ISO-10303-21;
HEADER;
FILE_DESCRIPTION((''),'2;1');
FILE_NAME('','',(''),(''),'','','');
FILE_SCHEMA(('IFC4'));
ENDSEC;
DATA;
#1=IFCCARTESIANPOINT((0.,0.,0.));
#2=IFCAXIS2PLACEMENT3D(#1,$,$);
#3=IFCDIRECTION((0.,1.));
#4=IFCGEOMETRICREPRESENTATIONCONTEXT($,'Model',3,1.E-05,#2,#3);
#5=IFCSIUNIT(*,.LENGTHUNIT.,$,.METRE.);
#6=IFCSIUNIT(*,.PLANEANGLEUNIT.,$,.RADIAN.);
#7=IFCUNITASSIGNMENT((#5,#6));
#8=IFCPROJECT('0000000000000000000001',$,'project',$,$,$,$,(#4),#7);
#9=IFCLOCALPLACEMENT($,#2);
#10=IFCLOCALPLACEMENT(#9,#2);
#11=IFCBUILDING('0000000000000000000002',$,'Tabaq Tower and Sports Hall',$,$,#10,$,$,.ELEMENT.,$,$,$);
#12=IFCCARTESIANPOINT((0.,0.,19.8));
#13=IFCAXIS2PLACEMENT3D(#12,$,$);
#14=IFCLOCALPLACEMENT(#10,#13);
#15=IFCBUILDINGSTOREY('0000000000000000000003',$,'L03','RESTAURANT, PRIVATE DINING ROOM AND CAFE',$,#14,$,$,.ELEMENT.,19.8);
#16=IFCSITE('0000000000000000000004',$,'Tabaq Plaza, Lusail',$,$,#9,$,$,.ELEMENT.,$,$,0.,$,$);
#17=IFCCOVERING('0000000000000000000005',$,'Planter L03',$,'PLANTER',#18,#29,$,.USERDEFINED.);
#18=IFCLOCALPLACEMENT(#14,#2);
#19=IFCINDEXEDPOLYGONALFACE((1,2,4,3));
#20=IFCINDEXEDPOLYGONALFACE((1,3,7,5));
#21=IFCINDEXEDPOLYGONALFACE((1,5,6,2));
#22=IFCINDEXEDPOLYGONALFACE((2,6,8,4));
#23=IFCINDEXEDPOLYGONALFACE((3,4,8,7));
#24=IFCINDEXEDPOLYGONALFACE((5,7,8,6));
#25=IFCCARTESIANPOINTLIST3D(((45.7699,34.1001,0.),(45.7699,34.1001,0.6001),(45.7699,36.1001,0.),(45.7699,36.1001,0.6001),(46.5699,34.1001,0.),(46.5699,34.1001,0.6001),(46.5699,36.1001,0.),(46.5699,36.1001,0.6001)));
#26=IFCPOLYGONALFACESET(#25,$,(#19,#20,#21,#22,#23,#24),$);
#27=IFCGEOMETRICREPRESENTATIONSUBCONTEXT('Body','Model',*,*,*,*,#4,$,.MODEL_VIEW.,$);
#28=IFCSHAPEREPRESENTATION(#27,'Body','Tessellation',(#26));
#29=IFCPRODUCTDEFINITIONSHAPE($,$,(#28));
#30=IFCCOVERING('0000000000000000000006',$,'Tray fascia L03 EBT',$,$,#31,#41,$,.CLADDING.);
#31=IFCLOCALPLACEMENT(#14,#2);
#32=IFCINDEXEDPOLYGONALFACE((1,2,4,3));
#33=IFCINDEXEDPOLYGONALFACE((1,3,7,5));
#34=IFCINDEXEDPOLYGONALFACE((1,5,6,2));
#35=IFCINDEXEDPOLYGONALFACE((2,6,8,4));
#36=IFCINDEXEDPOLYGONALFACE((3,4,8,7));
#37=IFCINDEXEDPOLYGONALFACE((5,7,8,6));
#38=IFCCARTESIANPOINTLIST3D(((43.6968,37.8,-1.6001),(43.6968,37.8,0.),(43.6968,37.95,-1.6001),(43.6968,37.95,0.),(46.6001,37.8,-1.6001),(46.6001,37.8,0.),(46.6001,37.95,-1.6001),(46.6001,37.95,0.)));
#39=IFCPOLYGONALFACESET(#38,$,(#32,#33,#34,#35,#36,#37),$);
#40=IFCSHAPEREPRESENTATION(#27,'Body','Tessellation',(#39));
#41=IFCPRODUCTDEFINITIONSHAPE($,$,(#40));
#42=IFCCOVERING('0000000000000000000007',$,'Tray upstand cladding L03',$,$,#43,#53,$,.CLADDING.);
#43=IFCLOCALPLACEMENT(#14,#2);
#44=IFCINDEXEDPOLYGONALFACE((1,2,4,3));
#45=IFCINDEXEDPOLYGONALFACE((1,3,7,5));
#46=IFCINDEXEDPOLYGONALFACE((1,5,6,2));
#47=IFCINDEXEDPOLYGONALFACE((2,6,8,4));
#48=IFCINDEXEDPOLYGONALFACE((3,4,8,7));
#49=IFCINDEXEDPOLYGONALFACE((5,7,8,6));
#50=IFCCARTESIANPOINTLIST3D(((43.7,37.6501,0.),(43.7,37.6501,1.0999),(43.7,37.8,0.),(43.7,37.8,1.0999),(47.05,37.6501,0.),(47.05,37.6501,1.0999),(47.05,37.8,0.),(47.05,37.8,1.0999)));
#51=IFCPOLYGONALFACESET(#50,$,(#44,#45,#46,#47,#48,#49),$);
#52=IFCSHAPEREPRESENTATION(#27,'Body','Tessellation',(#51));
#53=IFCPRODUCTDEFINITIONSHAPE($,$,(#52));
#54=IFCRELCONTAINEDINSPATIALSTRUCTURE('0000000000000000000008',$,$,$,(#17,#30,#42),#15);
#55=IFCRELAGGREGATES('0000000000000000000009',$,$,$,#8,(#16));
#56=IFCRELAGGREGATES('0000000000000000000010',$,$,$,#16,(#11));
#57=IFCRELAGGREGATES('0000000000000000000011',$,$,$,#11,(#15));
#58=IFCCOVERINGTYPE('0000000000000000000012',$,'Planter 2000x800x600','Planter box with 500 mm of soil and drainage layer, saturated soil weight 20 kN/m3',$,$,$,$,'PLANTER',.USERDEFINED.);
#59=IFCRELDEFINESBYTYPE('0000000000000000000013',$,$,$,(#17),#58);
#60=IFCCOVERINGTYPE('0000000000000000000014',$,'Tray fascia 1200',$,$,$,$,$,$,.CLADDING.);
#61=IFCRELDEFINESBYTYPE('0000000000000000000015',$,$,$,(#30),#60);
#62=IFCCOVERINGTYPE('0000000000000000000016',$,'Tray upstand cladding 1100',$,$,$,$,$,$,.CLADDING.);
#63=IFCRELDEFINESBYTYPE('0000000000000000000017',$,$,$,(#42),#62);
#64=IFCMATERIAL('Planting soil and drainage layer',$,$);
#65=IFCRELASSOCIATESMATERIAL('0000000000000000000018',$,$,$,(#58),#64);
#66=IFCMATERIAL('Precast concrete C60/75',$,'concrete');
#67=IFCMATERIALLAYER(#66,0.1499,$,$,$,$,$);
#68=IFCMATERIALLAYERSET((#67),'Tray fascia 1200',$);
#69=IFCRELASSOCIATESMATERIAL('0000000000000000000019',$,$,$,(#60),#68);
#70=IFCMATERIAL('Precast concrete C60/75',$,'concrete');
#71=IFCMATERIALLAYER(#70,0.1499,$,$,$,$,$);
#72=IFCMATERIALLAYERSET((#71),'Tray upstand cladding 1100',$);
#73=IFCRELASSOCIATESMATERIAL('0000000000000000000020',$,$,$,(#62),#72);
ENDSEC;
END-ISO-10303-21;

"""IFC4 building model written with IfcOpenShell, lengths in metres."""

from ifc_helpers import new_model, si_unit, direction, frame, frame_2d, origin, origin_2d, place, context, subcontext, project, spatial, rectangle, extrude, material, layer, layer_set, type_object, element, save


model = new_model("IFC4")

# Units and contexts
model_context = context("Model", 3, precision=1e-05, world=origin(), true_north=direction((0.0, 1.0)))
body_context = subcontext(model_context, "Body", "Model", "MODEL_VIEW")
ifc_project = project(units=[si_unit("LENGTHUNIT", "METRE"), si_unit("PLANEANGLEUNIT", "RADIAN")], contexts=[model_context])

# Site, building, storey
site_placement = place(None, origin())
site = spatial("IfcSite", under=ifc_project, at=site_placement, Name="Tabaq Plaza, Lusail", CompositionType="ELEMENT", RefElevation=0.0)
building_placement = place(site_placement, origin())
building = spatial("IfcBuilding", under=site, at=building_placement, Name="Tabaq Tower and Sports Hall", CompositionType="ELEMENT")
storey_placement = place(building_placement, frame((0.0, 0.0, 19.8)))
storey = spatial("IfcBuildingStorey", under=building, at=storey_placement, Name="L03", Description="RESTAURANT, PRIVATE DINING ROOM AND CAFE", CompositionType="ELEMENT", Elevation=19.8)

# Coverings
ifc_material_1 = material(Name="Planting soil and drainage layer")
covering_type_1 = type_object("IfcCoveringType", Name="Planter 2000x800x600", Description="Planter box with 500 mm of soil and drainage layer, saturated soil weight 20 kN/m3", ElementType="PLANTER", PredefinedType="USERDEFINED", material=ifc_material_1)
covering_1_placement = place(storey_placement, frame((46.1699, 35.1001, 0.0), z_axis=(0.0, 0.0, 1.0), x_axis=(0.0, 1.0, 0.0)))
element("IfcCovering", 1, at=covering_1_placement, inside=storey, type_object=covering_type_1, Name="Planter L03", ObjectType="PLANTER", PredefinedType="USERDEFINED", context=body_context, shape_type="SweptSolid", body=[
    extrude(rectangle(XDim=2.0, YDim=0.8, at=origin_2d()), origin(), (0.0, 0.0, 1.0), 0.6001),
])
ifc_material_2 = material(Name="Precast concrete C60/75", Category="concrete")
ifc_layer_1 = layer(ifc_material_2, 0.1499)
ifc_layer_set_1 = layer_set([ifc_layer_1], Name="Tray fascia 1200")
covering_type_2 = type_object("IfcCoveringType", Name="Tray fascia 1200", PredefinedType="CLADDING", material=ifc_layer_set_1)
covering_2_placement = place(storey_placement, frame((43.6968, 37.875, -1.6001), z_axis=(0.0, 0.0, 1.0), x_axis=(1.0, 0.0, 0.0)))
element("IfcCovering", 2, at=covering_2_placement, inside=storey, type_object=covering_type_2, Name="Tray fascia L03 EBT", PredefinedType="CLADDING", context=body_context, shape_type="SweptSolid", body=[
    extrude(rectangle(XDim=2.9033, YDim=0.1499, at=frame_2d((1.4517, 0.0))), origin(), (0.0, 0.0, 1.0), 1.6001),
])
ifc_material_3 = material(Name="Precast concrete C60/75", Category="concrete")
ifc_layer_2 = layer(ifc_material_3, 0.1499)
ifc_layer_set_2 = layer_set([ifc_layer_2], Name="Tray upstand cladding 1100")
covering_type_3 = type_object("IfcCoveringType", Name="Tray upstand cladding 1100", PredefinedType="CLADDING", material=ifc_layer_set_2)
covering_3_placement = place(storey_placement, frame((43.7, 37.7251, 0.0), z_axis=(0.0, 0.0, 1.0), x_axis=(1.0, 0.0, 0.0)))
element("IfcCovering", 3, at=covering_3_placement, inside=storey, type_object=covering_type_3, Name="Tray upstand cladding L03", PredefinedType="CLADDING", context=body_context, shape_type="SweptSolid", body=[
    extrude(rectangle(XDim=3.3501, YDim=0.1499, at=frame_2d((1.675, 0.0))), origin(), (0.0, 0.0, 1.0), 1.0999),
])

save(model, "model.ifc")
